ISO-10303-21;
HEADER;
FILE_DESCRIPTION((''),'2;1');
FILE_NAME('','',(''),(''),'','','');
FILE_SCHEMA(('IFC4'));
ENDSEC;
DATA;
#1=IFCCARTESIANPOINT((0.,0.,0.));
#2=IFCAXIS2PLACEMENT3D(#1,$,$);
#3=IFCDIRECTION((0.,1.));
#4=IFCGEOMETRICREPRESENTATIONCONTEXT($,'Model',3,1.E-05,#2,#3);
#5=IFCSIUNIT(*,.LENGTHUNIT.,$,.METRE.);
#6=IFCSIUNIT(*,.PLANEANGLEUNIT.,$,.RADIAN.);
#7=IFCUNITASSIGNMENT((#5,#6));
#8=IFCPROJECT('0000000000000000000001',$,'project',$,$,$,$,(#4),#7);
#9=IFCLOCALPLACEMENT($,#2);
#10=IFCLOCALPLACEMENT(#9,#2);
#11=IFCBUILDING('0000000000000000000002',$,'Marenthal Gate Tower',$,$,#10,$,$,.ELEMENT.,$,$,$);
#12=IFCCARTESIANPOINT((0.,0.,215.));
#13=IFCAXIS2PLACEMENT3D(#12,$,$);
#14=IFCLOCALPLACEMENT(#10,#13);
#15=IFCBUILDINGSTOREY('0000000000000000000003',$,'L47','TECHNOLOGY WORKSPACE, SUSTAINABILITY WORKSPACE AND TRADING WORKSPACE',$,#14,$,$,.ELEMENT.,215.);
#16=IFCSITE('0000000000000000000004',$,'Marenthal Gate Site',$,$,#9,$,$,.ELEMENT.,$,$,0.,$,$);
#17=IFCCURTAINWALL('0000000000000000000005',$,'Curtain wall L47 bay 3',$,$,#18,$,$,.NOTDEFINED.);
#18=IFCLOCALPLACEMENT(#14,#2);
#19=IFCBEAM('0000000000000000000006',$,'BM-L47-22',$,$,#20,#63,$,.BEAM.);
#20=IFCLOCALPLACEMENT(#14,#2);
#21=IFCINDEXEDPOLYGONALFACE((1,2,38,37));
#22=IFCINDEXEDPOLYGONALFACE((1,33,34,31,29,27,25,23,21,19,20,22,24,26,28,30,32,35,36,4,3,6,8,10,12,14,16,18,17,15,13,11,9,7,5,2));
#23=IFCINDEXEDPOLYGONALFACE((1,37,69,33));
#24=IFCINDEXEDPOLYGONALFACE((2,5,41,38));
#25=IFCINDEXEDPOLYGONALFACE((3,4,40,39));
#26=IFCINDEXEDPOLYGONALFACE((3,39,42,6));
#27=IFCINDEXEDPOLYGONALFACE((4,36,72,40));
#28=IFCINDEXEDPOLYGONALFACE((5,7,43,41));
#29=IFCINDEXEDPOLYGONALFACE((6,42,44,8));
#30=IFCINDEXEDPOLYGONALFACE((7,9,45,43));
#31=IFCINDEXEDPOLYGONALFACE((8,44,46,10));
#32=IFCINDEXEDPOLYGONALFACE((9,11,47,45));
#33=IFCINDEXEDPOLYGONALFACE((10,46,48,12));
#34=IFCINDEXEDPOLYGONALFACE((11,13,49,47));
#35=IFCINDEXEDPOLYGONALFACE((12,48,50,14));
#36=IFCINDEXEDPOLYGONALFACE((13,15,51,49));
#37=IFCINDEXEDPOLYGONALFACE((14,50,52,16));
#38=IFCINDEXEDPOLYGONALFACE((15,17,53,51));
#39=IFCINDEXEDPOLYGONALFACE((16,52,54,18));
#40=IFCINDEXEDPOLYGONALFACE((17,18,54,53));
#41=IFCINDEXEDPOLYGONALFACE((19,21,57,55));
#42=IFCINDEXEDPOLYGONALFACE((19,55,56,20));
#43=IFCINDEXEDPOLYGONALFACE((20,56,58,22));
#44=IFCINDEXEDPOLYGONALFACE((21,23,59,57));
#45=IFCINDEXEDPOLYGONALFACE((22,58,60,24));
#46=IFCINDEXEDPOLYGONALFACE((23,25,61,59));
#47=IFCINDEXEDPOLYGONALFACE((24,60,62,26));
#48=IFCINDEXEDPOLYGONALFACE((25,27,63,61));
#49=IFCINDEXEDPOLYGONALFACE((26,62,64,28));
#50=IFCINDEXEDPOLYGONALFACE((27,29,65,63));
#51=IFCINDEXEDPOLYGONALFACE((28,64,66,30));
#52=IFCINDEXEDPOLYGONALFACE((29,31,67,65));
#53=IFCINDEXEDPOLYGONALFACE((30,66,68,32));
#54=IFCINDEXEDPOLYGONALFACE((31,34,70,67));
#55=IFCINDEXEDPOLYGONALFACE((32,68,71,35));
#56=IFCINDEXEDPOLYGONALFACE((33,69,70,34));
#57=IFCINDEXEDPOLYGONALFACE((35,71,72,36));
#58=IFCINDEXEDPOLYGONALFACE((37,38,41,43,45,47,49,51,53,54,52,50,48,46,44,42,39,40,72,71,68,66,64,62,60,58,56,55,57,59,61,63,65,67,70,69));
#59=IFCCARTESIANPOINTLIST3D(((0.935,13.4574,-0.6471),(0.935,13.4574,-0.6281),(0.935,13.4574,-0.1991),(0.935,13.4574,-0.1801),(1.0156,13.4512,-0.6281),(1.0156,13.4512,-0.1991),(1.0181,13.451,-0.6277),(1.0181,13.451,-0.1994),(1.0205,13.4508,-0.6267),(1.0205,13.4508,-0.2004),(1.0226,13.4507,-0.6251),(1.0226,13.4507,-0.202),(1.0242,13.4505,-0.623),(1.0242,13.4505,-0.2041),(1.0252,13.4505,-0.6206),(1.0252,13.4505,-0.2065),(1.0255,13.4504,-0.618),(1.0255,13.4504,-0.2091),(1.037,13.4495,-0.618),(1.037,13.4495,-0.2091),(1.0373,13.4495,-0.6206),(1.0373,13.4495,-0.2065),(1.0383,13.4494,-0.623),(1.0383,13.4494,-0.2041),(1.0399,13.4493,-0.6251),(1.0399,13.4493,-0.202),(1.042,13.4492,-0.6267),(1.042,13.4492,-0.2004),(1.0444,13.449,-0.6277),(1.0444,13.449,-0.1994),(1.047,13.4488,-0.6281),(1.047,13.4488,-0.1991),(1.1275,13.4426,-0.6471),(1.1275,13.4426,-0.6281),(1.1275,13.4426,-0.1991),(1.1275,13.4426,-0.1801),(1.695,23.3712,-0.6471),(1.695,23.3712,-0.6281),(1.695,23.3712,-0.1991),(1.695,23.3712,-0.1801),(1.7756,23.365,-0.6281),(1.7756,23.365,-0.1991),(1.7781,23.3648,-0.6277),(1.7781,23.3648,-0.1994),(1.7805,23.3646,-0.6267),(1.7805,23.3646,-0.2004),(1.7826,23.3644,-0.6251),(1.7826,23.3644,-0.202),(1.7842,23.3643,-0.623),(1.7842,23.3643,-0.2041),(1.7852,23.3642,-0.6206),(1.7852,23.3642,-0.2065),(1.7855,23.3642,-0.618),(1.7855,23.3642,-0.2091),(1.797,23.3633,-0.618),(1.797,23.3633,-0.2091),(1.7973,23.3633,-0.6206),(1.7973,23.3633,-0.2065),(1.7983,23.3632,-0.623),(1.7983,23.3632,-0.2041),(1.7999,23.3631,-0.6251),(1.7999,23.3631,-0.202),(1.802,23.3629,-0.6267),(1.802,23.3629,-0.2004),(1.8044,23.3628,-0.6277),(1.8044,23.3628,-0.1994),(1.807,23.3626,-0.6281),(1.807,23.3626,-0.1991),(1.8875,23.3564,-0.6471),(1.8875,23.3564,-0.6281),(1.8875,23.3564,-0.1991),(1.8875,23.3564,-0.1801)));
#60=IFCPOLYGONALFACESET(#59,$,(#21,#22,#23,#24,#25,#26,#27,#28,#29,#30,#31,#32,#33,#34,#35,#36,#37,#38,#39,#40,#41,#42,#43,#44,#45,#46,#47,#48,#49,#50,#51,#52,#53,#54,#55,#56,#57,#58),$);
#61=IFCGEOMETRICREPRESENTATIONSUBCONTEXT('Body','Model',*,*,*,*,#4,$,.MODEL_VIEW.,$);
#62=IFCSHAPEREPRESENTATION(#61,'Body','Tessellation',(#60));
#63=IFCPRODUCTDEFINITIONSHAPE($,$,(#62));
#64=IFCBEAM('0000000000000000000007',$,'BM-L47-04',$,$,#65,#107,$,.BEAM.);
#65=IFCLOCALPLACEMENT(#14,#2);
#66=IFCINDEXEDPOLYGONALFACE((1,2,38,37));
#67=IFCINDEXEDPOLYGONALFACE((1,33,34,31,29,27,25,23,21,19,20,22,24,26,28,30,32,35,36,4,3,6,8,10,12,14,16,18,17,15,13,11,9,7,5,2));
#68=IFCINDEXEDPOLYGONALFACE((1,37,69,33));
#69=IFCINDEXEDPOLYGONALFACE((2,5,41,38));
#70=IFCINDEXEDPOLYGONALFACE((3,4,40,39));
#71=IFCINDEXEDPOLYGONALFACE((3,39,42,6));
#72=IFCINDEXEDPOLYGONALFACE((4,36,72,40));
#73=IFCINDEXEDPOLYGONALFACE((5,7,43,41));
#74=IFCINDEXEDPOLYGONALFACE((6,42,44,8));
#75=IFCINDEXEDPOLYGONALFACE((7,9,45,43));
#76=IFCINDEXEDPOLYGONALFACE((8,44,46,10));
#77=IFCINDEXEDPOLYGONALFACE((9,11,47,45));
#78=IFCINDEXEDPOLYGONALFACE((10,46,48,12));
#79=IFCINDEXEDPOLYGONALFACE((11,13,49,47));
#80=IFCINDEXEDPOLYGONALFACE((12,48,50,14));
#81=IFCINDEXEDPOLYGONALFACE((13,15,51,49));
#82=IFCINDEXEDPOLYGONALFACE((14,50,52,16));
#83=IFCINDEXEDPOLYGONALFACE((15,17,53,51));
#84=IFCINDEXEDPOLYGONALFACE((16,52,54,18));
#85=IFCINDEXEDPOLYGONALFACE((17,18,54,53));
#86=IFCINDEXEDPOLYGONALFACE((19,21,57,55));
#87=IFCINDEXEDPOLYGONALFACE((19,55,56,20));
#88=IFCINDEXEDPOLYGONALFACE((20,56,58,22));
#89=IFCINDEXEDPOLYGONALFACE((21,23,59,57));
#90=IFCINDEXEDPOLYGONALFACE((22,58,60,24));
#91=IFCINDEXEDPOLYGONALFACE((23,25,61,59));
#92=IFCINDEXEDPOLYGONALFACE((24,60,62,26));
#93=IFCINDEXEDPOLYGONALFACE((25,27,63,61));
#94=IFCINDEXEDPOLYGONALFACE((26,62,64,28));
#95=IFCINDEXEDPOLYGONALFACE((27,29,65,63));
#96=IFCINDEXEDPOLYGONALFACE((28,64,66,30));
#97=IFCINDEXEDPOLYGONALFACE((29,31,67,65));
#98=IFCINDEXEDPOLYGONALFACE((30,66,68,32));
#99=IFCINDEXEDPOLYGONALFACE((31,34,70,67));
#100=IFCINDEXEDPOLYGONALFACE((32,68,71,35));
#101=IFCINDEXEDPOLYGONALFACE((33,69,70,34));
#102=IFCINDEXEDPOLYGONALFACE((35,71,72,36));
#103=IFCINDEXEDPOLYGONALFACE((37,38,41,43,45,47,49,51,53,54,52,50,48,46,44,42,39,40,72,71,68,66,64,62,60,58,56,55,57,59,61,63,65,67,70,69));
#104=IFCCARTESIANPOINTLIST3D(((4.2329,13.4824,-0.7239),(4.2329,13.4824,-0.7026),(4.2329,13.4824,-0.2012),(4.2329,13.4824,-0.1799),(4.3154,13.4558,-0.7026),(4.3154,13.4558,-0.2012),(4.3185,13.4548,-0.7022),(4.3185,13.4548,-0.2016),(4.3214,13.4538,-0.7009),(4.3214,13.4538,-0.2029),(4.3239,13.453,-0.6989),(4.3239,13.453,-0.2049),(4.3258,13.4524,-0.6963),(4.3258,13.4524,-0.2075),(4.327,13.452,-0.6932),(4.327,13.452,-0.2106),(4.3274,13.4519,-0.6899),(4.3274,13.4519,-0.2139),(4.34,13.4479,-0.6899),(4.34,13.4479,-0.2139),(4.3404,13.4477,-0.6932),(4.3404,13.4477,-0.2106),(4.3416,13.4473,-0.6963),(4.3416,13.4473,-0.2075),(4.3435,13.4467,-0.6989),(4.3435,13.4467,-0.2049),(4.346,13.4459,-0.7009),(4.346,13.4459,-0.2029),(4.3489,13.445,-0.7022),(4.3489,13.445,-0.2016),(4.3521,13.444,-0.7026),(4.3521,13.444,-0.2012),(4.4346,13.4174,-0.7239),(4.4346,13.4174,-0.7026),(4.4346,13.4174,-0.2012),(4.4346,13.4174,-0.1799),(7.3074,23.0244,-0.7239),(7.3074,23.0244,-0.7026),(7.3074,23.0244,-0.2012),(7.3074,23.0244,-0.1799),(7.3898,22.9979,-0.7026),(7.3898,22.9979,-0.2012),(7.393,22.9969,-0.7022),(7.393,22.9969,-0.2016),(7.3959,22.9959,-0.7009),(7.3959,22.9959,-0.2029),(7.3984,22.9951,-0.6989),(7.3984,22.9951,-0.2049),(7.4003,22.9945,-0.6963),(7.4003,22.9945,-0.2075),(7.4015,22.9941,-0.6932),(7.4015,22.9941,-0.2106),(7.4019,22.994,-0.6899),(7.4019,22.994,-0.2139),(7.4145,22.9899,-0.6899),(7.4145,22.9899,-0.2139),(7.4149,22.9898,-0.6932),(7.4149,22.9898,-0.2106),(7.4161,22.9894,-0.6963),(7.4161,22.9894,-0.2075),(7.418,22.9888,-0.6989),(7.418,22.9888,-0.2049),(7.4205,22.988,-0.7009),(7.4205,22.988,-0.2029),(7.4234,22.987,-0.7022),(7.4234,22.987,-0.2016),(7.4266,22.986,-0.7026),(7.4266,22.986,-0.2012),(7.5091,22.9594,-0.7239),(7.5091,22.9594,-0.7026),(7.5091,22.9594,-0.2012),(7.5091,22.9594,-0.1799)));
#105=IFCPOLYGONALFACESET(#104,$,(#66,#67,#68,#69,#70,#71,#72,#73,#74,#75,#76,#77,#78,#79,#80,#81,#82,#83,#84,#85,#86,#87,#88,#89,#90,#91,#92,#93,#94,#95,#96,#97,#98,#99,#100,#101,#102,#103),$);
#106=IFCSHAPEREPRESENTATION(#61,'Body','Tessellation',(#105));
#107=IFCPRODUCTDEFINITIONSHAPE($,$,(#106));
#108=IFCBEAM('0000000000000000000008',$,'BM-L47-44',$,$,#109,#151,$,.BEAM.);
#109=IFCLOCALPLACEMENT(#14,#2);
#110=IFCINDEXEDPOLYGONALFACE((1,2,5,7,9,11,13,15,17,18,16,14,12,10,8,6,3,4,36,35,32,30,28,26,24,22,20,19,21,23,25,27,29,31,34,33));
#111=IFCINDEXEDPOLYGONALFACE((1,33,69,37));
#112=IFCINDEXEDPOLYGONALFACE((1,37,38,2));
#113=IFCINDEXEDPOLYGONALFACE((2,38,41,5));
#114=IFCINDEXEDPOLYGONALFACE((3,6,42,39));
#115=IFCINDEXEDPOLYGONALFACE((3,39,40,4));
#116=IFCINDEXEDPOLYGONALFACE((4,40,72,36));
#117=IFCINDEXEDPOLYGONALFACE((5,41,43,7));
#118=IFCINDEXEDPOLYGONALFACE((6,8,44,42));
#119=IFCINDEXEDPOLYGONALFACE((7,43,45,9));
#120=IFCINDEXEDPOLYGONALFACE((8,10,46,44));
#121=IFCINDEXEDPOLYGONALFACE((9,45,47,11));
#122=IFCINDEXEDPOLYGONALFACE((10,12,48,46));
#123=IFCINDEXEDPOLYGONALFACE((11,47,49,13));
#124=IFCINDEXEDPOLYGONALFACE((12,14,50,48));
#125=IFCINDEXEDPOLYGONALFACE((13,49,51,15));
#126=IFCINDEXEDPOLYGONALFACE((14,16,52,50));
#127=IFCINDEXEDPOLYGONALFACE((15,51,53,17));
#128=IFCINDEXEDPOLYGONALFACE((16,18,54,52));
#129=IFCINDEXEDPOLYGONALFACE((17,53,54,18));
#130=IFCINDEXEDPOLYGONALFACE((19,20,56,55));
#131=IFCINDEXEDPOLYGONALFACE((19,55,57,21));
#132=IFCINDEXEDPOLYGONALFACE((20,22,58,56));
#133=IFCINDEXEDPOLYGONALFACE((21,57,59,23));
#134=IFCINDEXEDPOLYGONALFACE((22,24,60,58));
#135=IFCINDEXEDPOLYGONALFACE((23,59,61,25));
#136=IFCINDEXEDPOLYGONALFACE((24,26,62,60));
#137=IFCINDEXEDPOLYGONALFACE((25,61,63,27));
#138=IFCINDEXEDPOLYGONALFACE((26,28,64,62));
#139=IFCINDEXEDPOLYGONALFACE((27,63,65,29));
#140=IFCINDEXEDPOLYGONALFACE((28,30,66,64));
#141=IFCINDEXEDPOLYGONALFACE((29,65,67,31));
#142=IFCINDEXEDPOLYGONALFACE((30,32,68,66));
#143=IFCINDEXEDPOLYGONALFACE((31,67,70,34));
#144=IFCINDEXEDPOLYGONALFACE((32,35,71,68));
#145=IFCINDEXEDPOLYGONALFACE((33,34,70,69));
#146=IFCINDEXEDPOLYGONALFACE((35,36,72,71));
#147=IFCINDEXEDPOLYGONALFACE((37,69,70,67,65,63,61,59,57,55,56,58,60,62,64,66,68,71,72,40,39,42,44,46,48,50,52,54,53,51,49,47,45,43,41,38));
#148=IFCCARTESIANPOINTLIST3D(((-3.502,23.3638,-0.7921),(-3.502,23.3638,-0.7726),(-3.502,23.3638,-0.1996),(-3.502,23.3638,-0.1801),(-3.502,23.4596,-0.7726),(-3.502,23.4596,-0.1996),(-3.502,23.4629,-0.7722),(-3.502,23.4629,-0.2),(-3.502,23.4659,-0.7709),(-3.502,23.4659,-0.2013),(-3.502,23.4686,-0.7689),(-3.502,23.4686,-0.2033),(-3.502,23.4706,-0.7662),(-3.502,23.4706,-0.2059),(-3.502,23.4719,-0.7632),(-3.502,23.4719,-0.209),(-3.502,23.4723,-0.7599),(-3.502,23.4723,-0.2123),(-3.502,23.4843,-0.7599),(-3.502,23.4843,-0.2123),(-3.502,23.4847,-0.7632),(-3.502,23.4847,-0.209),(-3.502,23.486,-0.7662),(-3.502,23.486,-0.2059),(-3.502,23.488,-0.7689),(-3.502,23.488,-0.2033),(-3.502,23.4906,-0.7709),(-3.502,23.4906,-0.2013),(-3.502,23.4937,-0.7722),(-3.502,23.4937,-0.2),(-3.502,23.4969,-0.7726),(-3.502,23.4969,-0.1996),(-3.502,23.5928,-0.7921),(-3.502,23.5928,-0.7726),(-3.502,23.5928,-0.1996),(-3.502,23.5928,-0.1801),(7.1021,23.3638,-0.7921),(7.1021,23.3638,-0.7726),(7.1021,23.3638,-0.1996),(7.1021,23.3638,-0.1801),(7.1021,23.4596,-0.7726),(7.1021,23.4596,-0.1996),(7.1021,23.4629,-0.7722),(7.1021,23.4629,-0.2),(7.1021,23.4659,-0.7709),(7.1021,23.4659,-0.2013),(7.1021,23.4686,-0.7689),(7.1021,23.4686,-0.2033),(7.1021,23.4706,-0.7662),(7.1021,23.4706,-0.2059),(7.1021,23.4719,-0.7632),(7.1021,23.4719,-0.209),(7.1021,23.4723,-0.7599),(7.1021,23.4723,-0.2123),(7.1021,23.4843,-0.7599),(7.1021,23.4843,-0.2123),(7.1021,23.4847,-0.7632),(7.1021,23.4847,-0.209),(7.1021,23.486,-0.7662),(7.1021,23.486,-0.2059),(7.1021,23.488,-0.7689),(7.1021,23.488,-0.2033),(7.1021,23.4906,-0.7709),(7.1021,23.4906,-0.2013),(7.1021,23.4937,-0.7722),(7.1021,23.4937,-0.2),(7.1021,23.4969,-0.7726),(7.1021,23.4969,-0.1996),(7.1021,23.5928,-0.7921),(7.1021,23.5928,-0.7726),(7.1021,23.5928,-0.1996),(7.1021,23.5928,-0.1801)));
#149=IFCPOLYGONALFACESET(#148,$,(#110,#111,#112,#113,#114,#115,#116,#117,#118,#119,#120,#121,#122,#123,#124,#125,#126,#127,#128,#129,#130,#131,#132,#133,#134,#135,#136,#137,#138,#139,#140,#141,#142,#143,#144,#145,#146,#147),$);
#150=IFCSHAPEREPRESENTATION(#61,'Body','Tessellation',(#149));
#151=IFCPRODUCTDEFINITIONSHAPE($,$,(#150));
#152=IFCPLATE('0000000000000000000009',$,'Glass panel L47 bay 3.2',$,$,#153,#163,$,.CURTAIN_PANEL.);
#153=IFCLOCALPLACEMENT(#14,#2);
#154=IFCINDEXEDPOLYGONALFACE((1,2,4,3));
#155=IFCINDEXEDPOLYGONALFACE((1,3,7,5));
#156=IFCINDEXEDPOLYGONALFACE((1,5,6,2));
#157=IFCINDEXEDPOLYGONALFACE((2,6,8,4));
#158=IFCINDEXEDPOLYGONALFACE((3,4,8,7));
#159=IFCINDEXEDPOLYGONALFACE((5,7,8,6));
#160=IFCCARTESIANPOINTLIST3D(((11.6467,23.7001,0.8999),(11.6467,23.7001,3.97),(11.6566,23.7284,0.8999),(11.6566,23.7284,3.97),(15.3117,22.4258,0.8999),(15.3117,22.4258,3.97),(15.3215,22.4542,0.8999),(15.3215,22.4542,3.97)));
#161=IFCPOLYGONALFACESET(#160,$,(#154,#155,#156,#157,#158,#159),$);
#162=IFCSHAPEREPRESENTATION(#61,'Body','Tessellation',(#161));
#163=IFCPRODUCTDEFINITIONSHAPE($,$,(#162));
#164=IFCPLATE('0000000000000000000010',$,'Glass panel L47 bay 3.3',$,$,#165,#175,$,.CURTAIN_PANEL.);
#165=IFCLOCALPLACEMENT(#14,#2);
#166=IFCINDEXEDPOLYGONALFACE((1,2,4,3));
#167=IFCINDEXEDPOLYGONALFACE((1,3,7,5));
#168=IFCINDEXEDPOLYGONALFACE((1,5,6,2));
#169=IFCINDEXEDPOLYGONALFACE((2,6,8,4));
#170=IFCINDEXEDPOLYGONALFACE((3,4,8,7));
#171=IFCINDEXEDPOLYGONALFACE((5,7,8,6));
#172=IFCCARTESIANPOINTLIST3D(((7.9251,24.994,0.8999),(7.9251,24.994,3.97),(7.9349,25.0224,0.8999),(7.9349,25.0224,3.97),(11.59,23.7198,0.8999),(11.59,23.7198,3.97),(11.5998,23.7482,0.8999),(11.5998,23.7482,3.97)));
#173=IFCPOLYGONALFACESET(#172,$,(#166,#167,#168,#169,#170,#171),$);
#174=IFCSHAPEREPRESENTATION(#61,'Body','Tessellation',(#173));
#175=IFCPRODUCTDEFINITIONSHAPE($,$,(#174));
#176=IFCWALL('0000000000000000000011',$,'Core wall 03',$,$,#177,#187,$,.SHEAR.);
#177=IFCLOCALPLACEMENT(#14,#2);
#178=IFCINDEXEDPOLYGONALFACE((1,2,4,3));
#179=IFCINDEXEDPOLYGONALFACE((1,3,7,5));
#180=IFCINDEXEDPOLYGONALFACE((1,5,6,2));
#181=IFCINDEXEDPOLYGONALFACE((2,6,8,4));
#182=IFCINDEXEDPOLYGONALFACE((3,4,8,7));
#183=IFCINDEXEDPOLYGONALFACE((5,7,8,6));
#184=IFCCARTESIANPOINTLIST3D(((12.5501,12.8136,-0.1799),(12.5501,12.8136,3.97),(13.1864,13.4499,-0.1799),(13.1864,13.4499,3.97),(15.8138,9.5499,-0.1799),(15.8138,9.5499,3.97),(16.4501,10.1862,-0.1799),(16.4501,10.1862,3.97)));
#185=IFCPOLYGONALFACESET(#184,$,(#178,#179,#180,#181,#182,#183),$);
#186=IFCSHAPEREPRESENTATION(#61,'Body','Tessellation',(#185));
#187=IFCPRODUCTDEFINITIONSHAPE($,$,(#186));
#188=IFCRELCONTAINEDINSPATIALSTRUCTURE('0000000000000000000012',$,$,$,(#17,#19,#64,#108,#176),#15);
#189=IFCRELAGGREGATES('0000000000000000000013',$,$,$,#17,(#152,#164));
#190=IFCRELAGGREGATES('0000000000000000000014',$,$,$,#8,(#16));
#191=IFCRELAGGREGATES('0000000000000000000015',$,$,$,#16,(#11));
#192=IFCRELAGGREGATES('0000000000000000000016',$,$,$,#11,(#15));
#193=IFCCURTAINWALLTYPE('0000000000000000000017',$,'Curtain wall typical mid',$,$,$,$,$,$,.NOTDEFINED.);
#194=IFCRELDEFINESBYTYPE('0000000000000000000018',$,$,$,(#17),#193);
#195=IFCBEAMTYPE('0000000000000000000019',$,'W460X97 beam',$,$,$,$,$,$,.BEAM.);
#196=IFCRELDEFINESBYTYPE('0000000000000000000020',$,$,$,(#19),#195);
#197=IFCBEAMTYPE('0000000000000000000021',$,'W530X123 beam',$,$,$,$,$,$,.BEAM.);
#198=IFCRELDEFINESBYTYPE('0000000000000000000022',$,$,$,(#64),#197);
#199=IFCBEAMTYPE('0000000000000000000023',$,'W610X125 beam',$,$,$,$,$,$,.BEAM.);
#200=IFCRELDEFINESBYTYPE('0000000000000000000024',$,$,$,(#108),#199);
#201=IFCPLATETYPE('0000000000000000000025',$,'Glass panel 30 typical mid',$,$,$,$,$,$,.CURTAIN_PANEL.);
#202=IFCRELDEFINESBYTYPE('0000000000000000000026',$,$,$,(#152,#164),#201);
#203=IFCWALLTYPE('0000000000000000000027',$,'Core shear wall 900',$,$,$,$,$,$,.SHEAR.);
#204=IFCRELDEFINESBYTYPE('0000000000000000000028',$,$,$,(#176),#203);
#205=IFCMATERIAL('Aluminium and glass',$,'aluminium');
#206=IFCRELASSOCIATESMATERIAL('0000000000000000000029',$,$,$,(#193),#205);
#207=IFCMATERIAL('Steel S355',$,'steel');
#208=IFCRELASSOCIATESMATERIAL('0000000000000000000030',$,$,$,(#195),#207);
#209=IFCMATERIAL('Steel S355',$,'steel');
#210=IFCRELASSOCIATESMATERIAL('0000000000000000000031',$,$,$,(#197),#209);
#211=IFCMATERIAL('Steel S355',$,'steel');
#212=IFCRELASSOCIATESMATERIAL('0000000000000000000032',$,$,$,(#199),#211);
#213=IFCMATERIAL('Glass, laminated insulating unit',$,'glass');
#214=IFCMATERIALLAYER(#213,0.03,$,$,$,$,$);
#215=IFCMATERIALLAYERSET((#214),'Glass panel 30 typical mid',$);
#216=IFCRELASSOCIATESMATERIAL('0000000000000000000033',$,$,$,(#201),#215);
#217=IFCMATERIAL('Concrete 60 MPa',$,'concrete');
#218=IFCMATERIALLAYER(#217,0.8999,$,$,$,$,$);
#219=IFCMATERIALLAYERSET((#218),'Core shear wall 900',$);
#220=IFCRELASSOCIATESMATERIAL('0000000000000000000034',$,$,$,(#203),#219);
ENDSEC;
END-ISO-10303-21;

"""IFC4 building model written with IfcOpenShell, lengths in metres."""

from ifc_helpers import new_model, si_unit, direction, frame, frame_2d, origin, origin_2d, place, context, subcontext, project, spatial, rectangle, i_section, extrude, material, layer, layer_set, material_profile, profile_set, type_object, element, aggregate, save


model = new_model("IFC4")

# Units and contexts
model_context = context("Model", 3, precision=1e-05, world=origin(), true_north=direction((0.0, 1.0)))
body_context = subcontext(model_context, "Body", "Model", "MODEL_VIEW")
ifc_project = project(units=[si_unit("LENGTHUNIT", "METRE"), si_unit("PLANEANGLEUNIT", "RADIAN")], contexts=[model_context])

# Site, building, storey
site_placement = place(None, origin())
site = spatial("IfcSite", under=ifc_project, at=site_placement, Name="Marenthal Gate Site", CompositionType="ELEMENT", RefElevation=0.0)
building_placement = place(site_placement, origin())
building = spatial("IfcBuilding", under=site, at=building_placement, Name="Marenthal Gate Tower", CompositionType="ELEMENT")
storey_placement = place(building_placement, frame((0.0, 0.0, 215.0)))
storey = spatial("IfcBuildingStorey", under=building, at=storey_placement, Name="L47", Description="TECHNOLOGY WORKSPACE, SUSTAINABILITY WORKSPACE AND TRADING WORKSPACE", CompositionType="ELEMENT", Elevation=215.0)

# Curtain wall
ifc_material_1 = material(Name="Aluminium and glass", Category="aluminium")
curtain_wall_type = type_object("IfcCurtainWallType", Name="Curtain wall typical mid", PredefinedType="NOTDEFINED", material=ifc_material_1)
curtain_wall_placement = place(storey_placement, origin())
curtain_wall = element("IfcCurtainWall", 1, at=curtain_wall_placement, inside=storey, type_object=curtain_wall_type, Name="Curtain wall L47 bay 3", PredefinedType="NOTDEFINED")

# Beams
ifc_material_2 = material(Name="Steel S355", Category="steel")
ifc_material_profile_1 = material_profile(ifc_material_2, i_section(OverallWidth=0.1931, OverallDepth=0.467, WebThickness=0.0115, FlangeThickness=0.019, FilletRadius=0.01, at=origin_2d()), Name="W460X97")
ifc_profile_set_1 = profile_set([ifc_material_profile_1], Name="Steel S355")
beam_type_1 = type_object("IfcBeamType", Name="W460X97 beam", PredefinedType="BEAM", material=ifc_profile_set_1)
beam_1_placement = place(storey_placement, frame((1.7913, 23.3638, -0.4136), z_axis=(-0.076437, -0.997074, 0.0), x_axis=(0.997074, -0.076437, 0.0)))
element("IfcBeam", 2, at=beam_1_placement, inside=storey, type_object=beam_type_1, Name="BM-L47-22", PredefinedType="BEAM", context=body_context, shape_type="SweptSolid", body=[
    extrude(i_section(OverallWidth=0.1931, OverallDepth=0.467, WebThickness=0.0115, FlangeThickness=0.019, FilletRadius=0.01, at=origin_2d()), origin(), (0.0, 0.0, 1.0), 9.9429),
])
ifc_material_3 = material(Name="Steel S355", Category="steel")
ifc_material_profile_2 = material_profile(ifc_material_3, i_section(OverallWidth=0.2119, OverallDepth=0.5439, WebThickness=0.0132, FlangeThickness=0.0212, FilletRadius=0.0127, at=origin_2d()), Name="W530X123")
ifc_profile_set_2 = profile_set([ifc_material_profile_2], Name="Steel S355")
beam_type_2 = type_object("IfcBeamType", Name="W530X123 beam", PredefinedType="BEAM", material=ifc_profile_set_2)
beam_2_placement = place(storey_placement, frame((7.4082, 22.9919, -0.4519), z_axis=(-0.306678, -0.951813, 0.0), x_axis=(0.951813, -0.306678, 0.0)))
element("IfcBeam", 3, at=beam_2_placement, inside=storey, type_object=beam_type_2, Name="BM-L47-04", PredefinedType="BEAM", context=body_context, shape_type="SweptSolid", body=[
    extrude(i_section(OverallWidth=0.2119, OverallDepth=0.5439, WebThickness=0.0132, FlangeThickness=0.0212, FilletRadius=0.0127, at=origin_2d()), origin(), (0.0, 0.0, 1.0), 10.0251),
])
ifc_material_4 = material(Name="Steel S355", Category="steel")
ifc_material_profile_3 = material_profile(ifc_material_4, i_section(OverallWidth=0.229, OverallDepth=0.6121, WebThickness=0.012, FlangeThickness=0.0195, FilletRadius=0.0127, at=origin_2d()), Name="W610X125")
ifc_profile_set_3 = profile_set([ifc_material_profile_3], Name="Steel S355")
beam_type_3 = type_object("IfcBeamType", Name="W610X125 beam", PredefinedType="BEAM", material=ifc_profile_set_3)
beam_3_placement = place(storey_placement, frame((7.1021, 23.4783, -0.4861), z_axis=(-1.0, 0.0, 0.0), x_axis=(0.0, -1.0, 0.0)))
element("IfcBeam", 4, at=beam_3_placement, inside=storey, type_object=beam_type_3, Name="BM-L47-44", PredefinedType="BEAM", context=body_context, shape_type="SweptSolid", body=[
    extrude(i_section(OverallWidth=0.229, OverallDepth=0.6121, WebThickness=0.012, FlangeThickness=0.0195, FilletRadius=0.0127, at=origin_2d()), origin(), (0.0, 0.0, 1.0), 10.604),
])

# Plates
ifc_material_5 = material(Name="Glass, laminated insulating unit", Category="glass")
ifc_layer_1 = layer(ifc_material_5, 0.03)
ifc_layer_set_1 = layer_set([ifc_layer_1], Name="Glass panel 30 typical mid")
plate_type = type_object("IfcPlateType", Name="Glass panel 30 typical mid", PredefinedType="CURTAIN_PANEL", material=ifc_layer_set_1)
plate_1_placement = place(storey_placement, frame((13.4841, 23.0771, 0.8999), z_axis=(0.0, 0.0, 1.0), x_axis=(-0.944539, 0.3284, 0.0)))
plate_1 = element("IfcPlate", 5, at=plate_1_placement, type_object=plate_type, Name="Glass panel L47 bay 3.2", PredefinedType="CURTAIN_PANEL", context=body_context, shape_type="SweptSolid", body=[
    extrude(rectangle(XDim=3.8801, YDim=0.03, at=origin_2d()), origin(), (0.0, 0.0, 1.0), 3.0701),
])
plate_2_placement = place(storey_placement, frame((9.7625, 24.3711, 0.8999), z_axis=(0.0, 0.0, 1.0), x_axis=(-0.944539, 0.3284, 0.0)))
plate_2 = element("IfcPlate", 6, at=plate_2_placement, type_object=plate_type, Name="Glass panel L47 bay 3.3", PredefinedType="CURTAIN_PANEL", context=body_context, shape_type="SweptSolid", body=[
    extrude(rectangle(XDim=3.8801, YDim=0.03, at=origin_2d()), origin(), (0.0, 0.0, 1.0), 3.0701),
])
aggregate(curtain_wall, [plate_1, plate_2])

# Wall
ifc_material_6 = material(Name="Concrete 60 MPa", Category="concrete")
ifc_layer_2 = layer(ifc_material_6, 0.8999)
ifc_layer_set_2 = layer_set([ifc_layer_2], Name="Core shear wall 900")
wall_type_1 = type_object("IfcWallType", Name="Core shear wall 900", PredefinedType="SHEAR", material=ifc_layer_set_2)
wall_1_placement = place(storey_placement, frame((16.1318, 9.8682, -0.1799), z_axis=(0.0, 0.0, 1.0), x_axis=(-0.707107, 0.707107, 0.0)))
element("IfcWall", 7, at=wall_1_placement, inside=storey, type_object=wall_type_1, Name="Core wall 03", PredefinedType="SHEAR", context=body_context, shape_type="SweptSolid", body=[
    extrude(rectangle(XDim=4.6155, YDim=0.8999, at=frame_2d((2.3076, 0.0))), origin(), (0.0, 0.0, 1.0), 4.1499),
])

save(model, "model.ifc")
